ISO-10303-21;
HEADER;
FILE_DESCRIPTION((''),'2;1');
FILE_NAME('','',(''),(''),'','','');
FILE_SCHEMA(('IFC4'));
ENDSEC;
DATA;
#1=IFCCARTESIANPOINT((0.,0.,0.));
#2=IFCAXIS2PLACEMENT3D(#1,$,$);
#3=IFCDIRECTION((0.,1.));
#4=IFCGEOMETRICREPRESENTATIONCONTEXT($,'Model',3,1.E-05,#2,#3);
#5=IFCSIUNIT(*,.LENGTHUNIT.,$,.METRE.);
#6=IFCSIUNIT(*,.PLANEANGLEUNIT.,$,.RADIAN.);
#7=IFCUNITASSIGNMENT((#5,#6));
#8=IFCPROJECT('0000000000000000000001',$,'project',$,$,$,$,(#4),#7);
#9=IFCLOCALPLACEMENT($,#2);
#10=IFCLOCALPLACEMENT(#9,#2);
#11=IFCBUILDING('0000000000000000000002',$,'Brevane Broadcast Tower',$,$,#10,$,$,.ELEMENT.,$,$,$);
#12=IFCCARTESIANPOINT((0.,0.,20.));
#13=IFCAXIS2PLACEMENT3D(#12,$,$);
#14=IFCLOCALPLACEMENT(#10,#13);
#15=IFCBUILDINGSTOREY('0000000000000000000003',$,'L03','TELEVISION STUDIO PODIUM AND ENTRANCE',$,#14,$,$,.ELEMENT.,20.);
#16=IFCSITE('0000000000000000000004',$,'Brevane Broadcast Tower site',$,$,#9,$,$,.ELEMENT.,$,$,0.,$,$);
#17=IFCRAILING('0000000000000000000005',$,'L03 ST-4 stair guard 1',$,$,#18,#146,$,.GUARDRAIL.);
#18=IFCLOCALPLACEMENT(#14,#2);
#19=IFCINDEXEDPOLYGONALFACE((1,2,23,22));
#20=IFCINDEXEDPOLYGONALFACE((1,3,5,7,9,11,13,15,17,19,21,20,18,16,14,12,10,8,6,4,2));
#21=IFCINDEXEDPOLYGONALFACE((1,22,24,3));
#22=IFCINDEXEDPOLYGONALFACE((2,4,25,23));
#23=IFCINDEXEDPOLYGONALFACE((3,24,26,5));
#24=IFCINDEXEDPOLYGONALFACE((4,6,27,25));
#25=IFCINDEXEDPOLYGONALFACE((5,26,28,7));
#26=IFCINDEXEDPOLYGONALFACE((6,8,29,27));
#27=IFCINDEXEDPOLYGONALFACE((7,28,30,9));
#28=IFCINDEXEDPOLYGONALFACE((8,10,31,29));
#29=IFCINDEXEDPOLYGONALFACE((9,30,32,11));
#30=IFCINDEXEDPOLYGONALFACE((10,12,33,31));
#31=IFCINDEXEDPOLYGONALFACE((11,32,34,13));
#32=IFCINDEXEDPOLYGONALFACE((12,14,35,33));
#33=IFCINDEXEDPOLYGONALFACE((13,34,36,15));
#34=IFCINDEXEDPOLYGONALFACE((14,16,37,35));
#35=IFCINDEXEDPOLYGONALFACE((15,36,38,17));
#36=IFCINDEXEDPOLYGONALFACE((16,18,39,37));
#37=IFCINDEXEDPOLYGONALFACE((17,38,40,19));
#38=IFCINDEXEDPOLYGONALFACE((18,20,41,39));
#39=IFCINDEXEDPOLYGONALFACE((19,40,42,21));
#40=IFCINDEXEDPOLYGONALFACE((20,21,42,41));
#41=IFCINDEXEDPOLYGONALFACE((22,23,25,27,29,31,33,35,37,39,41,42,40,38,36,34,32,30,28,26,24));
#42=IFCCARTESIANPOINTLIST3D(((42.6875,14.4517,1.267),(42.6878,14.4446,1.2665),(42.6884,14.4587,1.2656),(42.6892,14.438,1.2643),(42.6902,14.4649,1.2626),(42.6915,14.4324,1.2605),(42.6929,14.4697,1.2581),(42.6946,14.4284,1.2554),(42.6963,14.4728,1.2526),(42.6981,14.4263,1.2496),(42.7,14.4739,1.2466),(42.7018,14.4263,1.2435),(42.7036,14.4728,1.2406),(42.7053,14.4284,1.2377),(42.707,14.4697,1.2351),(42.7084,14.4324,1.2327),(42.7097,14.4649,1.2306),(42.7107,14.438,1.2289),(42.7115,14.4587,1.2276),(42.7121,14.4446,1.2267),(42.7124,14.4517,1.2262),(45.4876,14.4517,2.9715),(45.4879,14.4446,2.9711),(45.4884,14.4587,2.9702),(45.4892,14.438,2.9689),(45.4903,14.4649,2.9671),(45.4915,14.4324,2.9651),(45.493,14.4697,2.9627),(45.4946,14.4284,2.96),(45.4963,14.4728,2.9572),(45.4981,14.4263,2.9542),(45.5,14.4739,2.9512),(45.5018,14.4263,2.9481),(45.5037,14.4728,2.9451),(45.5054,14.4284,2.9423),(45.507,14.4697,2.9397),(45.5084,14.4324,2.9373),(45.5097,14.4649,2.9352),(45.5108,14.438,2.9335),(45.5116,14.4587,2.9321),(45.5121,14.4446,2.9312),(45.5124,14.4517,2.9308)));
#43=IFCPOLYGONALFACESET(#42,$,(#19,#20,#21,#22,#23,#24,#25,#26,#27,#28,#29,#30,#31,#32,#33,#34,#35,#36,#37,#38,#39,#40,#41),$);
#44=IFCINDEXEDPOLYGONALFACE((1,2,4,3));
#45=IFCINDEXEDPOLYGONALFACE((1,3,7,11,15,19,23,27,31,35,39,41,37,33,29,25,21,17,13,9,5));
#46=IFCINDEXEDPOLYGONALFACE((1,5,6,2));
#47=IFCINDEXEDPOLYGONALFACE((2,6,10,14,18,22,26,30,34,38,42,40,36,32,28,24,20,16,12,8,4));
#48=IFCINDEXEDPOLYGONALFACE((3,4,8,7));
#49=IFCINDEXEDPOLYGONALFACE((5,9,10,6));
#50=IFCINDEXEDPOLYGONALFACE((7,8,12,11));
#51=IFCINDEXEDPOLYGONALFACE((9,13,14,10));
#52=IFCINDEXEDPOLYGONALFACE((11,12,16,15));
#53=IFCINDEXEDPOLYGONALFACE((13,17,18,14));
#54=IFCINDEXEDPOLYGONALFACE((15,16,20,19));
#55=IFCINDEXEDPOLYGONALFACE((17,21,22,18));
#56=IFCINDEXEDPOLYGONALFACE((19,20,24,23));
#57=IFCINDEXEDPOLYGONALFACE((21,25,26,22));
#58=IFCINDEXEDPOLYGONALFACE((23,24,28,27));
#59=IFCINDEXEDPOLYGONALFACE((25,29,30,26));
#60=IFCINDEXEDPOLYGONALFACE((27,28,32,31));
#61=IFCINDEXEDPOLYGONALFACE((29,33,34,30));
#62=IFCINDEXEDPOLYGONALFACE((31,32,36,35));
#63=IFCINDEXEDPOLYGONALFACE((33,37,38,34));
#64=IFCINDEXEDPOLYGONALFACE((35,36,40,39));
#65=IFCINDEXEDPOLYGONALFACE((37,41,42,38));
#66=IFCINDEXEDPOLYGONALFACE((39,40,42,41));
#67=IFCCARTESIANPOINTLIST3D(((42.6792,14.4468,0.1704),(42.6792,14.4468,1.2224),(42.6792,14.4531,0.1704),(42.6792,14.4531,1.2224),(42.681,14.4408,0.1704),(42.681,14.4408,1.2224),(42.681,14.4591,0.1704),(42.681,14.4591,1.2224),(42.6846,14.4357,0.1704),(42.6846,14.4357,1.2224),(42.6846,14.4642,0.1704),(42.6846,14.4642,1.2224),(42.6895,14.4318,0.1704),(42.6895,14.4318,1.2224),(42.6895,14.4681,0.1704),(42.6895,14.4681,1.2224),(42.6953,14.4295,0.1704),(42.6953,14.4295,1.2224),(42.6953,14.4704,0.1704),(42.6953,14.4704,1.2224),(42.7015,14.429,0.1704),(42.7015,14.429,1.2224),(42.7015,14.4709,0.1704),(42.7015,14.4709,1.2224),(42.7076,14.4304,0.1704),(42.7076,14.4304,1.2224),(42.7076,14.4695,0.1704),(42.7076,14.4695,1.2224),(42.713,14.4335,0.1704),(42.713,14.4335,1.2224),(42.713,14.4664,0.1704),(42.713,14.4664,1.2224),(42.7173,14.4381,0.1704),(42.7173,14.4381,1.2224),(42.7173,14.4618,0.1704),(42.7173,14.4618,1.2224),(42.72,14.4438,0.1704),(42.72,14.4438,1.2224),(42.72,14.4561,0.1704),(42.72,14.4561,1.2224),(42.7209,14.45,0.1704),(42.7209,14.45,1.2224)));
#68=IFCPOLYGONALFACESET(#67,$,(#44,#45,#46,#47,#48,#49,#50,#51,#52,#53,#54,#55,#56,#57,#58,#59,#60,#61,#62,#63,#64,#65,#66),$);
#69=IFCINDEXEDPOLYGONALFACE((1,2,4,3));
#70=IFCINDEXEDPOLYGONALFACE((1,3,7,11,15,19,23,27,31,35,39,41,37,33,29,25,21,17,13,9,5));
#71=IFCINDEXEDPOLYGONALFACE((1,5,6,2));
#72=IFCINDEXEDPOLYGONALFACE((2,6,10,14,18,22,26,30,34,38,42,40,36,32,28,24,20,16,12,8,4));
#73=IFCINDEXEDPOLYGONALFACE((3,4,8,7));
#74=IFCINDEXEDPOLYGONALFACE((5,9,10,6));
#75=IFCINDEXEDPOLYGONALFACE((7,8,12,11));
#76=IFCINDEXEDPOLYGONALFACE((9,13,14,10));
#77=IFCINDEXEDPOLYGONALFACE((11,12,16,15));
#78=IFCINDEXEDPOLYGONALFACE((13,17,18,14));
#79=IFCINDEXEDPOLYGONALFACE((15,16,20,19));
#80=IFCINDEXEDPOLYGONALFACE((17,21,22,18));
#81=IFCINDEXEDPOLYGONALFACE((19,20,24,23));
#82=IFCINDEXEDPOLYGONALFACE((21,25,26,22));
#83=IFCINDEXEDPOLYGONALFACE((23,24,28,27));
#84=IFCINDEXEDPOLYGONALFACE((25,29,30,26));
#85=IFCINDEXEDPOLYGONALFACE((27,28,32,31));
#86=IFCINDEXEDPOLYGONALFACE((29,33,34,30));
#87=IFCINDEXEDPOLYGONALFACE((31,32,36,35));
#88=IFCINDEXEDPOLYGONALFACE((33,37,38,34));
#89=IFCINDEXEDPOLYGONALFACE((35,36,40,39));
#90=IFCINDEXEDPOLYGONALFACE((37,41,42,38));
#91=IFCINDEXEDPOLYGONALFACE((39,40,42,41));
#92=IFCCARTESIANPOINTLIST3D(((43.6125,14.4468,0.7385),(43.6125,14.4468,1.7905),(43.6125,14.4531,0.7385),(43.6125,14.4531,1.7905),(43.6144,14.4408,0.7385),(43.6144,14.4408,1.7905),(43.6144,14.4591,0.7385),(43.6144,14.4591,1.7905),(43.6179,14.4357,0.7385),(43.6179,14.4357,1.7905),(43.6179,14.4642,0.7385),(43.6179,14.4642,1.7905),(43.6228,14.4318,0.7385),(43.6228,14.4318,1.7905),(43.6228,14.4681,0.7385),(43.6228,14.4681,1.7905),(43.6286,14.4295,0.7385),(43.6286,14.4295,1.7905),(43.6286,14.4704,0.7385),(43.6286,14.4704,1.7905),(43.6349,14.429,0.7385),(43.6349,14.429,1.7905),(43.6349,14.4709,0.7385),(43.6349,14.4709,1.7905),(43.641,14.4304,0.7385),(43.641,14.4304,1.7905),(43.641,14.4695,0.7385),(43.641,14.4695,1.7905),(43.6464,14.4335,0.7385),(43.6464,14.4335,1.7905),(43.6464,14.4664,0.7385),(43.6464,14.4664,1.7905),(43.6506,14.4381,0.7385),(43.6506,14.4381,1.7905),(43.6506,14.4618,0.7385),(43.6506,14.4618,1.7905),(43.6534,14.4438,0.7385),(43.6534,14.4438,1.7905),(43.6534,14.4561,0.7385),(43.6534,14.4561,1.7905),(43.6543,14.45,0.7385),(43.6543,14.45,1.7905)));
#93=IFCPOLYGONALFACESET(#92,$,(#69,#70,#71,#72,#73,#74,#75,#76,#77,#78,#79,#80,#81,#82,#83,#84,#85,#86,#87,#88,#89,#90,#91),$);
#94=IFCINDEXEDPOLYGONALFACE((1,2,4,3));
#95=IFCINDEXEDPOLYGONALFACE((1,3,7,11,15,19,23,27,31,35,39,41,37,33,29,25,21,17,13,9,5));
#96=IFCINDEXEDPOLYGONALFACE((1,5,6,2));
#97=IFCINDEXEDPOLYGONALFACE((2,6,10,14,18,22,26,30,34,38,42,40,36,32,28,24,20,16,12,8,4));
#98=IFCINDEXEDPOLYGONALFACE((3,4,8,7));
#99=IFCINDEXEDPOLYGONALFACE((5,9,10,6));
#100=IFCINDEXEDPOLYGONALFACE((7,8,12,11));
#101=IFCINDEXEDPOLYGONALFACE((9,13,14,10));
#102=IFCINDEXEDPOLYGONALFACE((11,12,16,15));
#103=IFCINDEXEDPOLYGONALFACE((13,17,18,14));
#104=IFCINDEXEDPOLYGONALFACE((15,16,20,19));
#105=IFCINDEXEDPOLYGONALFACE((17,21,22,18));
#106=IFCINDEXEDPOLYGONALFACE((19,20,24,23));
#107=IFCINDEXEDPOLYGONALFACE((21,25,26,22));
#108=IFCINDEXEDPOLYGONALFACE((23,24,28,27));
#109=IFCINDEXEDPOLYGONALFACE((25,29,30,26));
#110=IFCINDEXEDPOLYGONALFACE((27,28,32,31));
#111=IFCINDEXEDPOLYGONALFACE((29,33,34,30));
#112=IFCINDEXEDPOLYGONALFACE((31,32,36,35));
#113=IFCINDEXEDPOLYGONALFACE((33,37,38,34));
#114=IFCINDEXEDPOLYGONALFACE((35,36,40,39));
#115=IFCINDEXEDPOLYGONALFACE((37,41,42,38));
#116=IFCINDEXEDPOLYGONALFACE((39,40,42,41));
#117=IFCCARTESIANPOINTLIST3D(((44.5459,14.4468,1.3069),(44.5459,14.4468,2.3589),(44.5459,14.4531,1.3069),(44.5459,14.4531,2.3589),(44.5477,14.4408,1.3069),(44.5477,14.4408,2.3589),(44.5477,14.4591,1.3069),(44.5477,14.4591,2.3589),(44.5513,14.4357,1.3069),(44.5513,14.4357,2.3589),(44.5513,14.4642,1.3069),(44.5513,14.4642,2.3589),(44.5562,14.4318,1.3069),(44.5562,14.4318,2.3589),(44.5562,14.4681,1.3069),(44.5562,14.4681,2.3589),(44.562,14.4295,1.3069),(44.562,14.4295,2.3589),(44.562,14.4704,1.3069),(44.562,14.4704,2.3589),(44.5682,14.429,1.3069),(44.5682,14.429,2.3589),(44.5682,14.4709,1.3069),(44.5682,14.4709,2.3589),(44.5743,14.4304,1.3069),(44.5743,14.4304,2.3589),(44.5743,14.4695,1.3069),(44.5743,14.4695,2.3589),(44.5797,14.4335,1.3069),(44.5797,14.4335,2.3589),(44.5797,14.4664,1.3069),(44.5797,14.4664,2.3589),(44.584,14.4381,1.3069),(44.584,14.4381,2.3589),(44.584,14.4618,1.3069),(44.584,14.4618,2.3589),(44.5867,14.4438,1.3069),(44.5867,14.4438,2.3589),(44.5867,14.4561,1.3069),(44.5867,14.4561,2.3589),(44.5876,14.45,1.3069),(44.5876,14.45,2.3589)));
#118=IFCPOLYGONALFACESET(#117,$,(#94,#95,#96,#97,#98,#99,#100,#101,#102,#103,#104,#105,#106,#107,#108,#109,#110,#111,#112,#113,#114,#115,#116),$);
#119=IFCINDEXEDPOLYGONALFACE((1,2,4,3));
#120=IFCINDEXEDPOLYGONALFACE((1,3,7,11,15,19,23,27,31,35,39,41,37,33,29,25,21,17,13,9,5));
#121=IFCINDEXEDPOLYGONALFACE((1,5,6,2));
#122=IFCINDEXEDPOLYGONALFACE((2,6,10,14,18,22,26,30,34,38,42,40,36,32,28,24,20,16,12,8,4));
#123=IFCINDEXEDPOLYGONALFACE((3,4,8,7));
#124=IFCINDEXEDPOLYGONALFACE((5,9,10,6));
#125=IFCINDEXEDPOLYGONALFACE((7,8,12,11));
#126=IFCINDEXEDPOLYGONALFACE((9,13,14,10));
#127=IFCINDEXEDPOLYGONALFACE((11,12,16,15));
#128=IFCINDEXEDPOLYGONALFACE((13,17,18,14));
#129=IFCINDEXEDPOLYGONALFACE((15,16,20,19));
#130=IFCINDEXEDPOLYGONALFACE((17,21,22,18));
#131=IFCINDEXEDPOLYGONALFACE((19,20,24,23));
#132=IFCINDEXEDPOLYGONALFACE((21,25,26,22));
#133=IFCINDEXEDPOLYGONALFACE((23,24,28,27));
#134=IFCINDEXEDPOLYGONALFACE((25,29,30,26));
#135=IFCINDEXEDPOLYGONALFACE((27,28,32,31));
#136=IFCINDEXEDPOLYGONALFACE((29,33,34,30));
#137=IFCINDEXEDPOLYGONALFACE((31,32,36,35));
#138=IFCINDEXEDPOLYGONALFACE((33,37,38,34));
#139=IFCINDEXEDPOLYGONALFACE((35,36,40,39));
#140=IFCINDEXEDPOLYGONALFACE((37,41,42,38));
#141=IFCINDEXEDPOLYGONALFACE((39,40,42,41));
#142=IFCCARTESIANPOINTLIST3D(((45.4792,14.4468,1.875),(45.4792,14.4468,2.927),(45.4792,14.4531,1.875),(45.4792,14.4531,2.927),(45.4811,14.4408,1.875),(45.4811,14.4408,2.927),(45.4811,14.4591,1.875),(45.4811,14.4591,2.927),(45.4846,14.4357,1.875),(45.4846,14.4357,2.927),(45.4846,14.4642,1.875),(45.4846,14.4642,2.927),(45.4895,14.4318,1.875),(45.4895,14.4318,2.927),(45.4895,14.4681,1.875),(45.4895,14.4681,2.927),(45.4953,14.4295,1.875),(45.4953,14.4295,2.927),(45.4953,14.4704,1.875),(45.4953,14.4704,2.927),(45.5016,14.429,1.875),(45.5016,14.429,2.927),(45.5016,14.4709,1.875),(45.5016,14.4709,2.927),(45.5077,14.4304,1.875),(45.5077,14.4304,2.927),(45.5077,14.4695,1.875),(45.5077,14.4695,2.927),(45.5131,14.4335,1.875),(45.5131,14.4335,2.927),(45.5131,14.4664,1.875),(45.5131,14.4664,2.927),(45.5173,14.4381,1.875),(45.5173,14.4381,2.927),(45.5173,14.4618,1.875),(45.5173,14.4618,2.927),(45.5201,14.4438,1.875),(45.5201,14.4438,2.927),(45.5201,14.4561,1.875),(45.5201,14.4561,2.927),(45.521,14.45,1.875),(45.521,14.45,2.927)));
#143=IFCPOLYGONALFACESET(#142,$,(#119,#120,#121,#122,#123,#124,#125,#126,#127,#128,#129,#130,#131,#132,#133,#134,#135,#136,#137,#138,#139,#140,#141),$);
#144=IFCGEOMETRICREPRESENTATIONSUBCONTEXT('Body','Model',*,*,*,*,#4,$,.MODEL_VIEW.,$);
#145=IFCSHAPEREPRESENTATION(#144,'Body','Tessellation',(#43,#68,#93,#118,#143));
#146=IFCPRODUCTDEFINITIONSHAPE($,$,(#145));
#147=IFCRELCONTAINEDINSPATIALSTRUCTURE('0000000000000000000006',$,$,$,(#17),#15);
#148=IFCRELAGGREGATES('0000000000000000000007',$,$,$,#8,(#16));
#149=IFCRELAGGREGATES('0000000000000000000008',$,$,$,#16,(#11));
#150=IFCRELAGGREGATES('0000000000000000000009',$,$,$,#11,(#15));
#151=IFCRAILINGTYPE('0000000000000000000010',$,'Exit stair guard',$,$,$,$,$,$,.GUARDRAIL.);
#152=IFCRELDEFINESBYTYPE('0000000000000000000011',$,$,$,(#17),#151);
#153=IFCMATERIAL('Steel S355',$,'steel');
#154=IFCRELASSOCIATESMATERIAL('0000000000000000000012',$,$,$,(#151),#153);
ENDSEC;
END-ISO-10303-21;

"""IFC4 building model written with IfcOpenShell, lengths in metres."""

from ifc_helpers import new_model, si_unit, direction, frame, origin, origin_2d, place, context, subcontext, project, spatial, circle, extrude, material, type_object, element, save


model = new_model("IFC4")

# Units and contexts
model_context = context("Model", 3, precision=1e-05, world=origin(), true_north=direction((0.0, 1.0)))
body_context = subcontext(model_context, "Body", "Model", "MODEL_VIEW")
ifc_project = project(units=[si_unit("LENGTHUNIT", "METRE"), si_unit("PLANEANGLEUNIT", "RADIAN")], contexts=[model_context])

# Site, building, storey
site_placement = place(None, origin())
site = spatial("IfcSite", under=ifc_project, at=site_placement, Name="Brevane Broadcast Tower site", CompositionType="ELEMENT", RefElevation=0.0)
building_placement = place(site_placement, origin())
building = spatial("IfcBuilding", under=site, at=building_placement, Name="Brevane Broadcast Tower", CompositionType="ELEMENT")
storey_placement = place(building_placement, frame((0.0, 0.0, 20.0)))
storey = spatial("IfcBuildingStorey", under=building, at=storey_placement, Name="L03", Description="TELEVISION STUDIO PODIUM AND ENTRANCE", CompositionType="ELEMENT", Elevation=20.0)

# Railing
ifc_material_1 = material(Name="Steel S355", Category="steel")
railing_type_1 = type_object("IfcRailingType", Name="Exit stair guard", PredefinedType="GUARDRAIL", material=ifc_material_1)
railing_1_placement = place(storey_placement, frame((42.7, 14.45, 0.1704)))
element("IfcRailing", 1, at=railing_1_placement, inside=storey, type_object=railing_type_1, Name="L03 ST-4 stair guard 1", PredefinedType="GUARDRAIL", context=body_context, shape_type="SweptSolid", body=[
    extrude(circle(Radius=0.0239, at=origin_2d()), frame((0.0, 0.0, 1.0762), z_axis=(0.85417, 0.0, 0.519994), x_axis=(0.0, 1.0, 0.0)), (0.0, 0.0, 1.0), 3.2781),
    extrude(circle(Radius=0.021, at=origin_2d()), origin(), (0.0, 0.0, 1.0), 1.052),
    extrude(circle(Radius=0.021, at=origin_2d()), frame((0.9333, 0.0, 0.5681)), (0.0, 0.0, 1.0), 1.052),
    extrude(circle(Radius=0.021, at=origin_2d()), frame((1.8667, 0.0, 1.1365)), (0.0, 0.0, 1.0), 1.052),
    extrude(circle(Radius=0.021, at=origin_2d()), frame((2.8, 0.0, 1.7046)), (0.0, 0.0, 1.0), 1.052),
])

save(model, "model.ifc")
